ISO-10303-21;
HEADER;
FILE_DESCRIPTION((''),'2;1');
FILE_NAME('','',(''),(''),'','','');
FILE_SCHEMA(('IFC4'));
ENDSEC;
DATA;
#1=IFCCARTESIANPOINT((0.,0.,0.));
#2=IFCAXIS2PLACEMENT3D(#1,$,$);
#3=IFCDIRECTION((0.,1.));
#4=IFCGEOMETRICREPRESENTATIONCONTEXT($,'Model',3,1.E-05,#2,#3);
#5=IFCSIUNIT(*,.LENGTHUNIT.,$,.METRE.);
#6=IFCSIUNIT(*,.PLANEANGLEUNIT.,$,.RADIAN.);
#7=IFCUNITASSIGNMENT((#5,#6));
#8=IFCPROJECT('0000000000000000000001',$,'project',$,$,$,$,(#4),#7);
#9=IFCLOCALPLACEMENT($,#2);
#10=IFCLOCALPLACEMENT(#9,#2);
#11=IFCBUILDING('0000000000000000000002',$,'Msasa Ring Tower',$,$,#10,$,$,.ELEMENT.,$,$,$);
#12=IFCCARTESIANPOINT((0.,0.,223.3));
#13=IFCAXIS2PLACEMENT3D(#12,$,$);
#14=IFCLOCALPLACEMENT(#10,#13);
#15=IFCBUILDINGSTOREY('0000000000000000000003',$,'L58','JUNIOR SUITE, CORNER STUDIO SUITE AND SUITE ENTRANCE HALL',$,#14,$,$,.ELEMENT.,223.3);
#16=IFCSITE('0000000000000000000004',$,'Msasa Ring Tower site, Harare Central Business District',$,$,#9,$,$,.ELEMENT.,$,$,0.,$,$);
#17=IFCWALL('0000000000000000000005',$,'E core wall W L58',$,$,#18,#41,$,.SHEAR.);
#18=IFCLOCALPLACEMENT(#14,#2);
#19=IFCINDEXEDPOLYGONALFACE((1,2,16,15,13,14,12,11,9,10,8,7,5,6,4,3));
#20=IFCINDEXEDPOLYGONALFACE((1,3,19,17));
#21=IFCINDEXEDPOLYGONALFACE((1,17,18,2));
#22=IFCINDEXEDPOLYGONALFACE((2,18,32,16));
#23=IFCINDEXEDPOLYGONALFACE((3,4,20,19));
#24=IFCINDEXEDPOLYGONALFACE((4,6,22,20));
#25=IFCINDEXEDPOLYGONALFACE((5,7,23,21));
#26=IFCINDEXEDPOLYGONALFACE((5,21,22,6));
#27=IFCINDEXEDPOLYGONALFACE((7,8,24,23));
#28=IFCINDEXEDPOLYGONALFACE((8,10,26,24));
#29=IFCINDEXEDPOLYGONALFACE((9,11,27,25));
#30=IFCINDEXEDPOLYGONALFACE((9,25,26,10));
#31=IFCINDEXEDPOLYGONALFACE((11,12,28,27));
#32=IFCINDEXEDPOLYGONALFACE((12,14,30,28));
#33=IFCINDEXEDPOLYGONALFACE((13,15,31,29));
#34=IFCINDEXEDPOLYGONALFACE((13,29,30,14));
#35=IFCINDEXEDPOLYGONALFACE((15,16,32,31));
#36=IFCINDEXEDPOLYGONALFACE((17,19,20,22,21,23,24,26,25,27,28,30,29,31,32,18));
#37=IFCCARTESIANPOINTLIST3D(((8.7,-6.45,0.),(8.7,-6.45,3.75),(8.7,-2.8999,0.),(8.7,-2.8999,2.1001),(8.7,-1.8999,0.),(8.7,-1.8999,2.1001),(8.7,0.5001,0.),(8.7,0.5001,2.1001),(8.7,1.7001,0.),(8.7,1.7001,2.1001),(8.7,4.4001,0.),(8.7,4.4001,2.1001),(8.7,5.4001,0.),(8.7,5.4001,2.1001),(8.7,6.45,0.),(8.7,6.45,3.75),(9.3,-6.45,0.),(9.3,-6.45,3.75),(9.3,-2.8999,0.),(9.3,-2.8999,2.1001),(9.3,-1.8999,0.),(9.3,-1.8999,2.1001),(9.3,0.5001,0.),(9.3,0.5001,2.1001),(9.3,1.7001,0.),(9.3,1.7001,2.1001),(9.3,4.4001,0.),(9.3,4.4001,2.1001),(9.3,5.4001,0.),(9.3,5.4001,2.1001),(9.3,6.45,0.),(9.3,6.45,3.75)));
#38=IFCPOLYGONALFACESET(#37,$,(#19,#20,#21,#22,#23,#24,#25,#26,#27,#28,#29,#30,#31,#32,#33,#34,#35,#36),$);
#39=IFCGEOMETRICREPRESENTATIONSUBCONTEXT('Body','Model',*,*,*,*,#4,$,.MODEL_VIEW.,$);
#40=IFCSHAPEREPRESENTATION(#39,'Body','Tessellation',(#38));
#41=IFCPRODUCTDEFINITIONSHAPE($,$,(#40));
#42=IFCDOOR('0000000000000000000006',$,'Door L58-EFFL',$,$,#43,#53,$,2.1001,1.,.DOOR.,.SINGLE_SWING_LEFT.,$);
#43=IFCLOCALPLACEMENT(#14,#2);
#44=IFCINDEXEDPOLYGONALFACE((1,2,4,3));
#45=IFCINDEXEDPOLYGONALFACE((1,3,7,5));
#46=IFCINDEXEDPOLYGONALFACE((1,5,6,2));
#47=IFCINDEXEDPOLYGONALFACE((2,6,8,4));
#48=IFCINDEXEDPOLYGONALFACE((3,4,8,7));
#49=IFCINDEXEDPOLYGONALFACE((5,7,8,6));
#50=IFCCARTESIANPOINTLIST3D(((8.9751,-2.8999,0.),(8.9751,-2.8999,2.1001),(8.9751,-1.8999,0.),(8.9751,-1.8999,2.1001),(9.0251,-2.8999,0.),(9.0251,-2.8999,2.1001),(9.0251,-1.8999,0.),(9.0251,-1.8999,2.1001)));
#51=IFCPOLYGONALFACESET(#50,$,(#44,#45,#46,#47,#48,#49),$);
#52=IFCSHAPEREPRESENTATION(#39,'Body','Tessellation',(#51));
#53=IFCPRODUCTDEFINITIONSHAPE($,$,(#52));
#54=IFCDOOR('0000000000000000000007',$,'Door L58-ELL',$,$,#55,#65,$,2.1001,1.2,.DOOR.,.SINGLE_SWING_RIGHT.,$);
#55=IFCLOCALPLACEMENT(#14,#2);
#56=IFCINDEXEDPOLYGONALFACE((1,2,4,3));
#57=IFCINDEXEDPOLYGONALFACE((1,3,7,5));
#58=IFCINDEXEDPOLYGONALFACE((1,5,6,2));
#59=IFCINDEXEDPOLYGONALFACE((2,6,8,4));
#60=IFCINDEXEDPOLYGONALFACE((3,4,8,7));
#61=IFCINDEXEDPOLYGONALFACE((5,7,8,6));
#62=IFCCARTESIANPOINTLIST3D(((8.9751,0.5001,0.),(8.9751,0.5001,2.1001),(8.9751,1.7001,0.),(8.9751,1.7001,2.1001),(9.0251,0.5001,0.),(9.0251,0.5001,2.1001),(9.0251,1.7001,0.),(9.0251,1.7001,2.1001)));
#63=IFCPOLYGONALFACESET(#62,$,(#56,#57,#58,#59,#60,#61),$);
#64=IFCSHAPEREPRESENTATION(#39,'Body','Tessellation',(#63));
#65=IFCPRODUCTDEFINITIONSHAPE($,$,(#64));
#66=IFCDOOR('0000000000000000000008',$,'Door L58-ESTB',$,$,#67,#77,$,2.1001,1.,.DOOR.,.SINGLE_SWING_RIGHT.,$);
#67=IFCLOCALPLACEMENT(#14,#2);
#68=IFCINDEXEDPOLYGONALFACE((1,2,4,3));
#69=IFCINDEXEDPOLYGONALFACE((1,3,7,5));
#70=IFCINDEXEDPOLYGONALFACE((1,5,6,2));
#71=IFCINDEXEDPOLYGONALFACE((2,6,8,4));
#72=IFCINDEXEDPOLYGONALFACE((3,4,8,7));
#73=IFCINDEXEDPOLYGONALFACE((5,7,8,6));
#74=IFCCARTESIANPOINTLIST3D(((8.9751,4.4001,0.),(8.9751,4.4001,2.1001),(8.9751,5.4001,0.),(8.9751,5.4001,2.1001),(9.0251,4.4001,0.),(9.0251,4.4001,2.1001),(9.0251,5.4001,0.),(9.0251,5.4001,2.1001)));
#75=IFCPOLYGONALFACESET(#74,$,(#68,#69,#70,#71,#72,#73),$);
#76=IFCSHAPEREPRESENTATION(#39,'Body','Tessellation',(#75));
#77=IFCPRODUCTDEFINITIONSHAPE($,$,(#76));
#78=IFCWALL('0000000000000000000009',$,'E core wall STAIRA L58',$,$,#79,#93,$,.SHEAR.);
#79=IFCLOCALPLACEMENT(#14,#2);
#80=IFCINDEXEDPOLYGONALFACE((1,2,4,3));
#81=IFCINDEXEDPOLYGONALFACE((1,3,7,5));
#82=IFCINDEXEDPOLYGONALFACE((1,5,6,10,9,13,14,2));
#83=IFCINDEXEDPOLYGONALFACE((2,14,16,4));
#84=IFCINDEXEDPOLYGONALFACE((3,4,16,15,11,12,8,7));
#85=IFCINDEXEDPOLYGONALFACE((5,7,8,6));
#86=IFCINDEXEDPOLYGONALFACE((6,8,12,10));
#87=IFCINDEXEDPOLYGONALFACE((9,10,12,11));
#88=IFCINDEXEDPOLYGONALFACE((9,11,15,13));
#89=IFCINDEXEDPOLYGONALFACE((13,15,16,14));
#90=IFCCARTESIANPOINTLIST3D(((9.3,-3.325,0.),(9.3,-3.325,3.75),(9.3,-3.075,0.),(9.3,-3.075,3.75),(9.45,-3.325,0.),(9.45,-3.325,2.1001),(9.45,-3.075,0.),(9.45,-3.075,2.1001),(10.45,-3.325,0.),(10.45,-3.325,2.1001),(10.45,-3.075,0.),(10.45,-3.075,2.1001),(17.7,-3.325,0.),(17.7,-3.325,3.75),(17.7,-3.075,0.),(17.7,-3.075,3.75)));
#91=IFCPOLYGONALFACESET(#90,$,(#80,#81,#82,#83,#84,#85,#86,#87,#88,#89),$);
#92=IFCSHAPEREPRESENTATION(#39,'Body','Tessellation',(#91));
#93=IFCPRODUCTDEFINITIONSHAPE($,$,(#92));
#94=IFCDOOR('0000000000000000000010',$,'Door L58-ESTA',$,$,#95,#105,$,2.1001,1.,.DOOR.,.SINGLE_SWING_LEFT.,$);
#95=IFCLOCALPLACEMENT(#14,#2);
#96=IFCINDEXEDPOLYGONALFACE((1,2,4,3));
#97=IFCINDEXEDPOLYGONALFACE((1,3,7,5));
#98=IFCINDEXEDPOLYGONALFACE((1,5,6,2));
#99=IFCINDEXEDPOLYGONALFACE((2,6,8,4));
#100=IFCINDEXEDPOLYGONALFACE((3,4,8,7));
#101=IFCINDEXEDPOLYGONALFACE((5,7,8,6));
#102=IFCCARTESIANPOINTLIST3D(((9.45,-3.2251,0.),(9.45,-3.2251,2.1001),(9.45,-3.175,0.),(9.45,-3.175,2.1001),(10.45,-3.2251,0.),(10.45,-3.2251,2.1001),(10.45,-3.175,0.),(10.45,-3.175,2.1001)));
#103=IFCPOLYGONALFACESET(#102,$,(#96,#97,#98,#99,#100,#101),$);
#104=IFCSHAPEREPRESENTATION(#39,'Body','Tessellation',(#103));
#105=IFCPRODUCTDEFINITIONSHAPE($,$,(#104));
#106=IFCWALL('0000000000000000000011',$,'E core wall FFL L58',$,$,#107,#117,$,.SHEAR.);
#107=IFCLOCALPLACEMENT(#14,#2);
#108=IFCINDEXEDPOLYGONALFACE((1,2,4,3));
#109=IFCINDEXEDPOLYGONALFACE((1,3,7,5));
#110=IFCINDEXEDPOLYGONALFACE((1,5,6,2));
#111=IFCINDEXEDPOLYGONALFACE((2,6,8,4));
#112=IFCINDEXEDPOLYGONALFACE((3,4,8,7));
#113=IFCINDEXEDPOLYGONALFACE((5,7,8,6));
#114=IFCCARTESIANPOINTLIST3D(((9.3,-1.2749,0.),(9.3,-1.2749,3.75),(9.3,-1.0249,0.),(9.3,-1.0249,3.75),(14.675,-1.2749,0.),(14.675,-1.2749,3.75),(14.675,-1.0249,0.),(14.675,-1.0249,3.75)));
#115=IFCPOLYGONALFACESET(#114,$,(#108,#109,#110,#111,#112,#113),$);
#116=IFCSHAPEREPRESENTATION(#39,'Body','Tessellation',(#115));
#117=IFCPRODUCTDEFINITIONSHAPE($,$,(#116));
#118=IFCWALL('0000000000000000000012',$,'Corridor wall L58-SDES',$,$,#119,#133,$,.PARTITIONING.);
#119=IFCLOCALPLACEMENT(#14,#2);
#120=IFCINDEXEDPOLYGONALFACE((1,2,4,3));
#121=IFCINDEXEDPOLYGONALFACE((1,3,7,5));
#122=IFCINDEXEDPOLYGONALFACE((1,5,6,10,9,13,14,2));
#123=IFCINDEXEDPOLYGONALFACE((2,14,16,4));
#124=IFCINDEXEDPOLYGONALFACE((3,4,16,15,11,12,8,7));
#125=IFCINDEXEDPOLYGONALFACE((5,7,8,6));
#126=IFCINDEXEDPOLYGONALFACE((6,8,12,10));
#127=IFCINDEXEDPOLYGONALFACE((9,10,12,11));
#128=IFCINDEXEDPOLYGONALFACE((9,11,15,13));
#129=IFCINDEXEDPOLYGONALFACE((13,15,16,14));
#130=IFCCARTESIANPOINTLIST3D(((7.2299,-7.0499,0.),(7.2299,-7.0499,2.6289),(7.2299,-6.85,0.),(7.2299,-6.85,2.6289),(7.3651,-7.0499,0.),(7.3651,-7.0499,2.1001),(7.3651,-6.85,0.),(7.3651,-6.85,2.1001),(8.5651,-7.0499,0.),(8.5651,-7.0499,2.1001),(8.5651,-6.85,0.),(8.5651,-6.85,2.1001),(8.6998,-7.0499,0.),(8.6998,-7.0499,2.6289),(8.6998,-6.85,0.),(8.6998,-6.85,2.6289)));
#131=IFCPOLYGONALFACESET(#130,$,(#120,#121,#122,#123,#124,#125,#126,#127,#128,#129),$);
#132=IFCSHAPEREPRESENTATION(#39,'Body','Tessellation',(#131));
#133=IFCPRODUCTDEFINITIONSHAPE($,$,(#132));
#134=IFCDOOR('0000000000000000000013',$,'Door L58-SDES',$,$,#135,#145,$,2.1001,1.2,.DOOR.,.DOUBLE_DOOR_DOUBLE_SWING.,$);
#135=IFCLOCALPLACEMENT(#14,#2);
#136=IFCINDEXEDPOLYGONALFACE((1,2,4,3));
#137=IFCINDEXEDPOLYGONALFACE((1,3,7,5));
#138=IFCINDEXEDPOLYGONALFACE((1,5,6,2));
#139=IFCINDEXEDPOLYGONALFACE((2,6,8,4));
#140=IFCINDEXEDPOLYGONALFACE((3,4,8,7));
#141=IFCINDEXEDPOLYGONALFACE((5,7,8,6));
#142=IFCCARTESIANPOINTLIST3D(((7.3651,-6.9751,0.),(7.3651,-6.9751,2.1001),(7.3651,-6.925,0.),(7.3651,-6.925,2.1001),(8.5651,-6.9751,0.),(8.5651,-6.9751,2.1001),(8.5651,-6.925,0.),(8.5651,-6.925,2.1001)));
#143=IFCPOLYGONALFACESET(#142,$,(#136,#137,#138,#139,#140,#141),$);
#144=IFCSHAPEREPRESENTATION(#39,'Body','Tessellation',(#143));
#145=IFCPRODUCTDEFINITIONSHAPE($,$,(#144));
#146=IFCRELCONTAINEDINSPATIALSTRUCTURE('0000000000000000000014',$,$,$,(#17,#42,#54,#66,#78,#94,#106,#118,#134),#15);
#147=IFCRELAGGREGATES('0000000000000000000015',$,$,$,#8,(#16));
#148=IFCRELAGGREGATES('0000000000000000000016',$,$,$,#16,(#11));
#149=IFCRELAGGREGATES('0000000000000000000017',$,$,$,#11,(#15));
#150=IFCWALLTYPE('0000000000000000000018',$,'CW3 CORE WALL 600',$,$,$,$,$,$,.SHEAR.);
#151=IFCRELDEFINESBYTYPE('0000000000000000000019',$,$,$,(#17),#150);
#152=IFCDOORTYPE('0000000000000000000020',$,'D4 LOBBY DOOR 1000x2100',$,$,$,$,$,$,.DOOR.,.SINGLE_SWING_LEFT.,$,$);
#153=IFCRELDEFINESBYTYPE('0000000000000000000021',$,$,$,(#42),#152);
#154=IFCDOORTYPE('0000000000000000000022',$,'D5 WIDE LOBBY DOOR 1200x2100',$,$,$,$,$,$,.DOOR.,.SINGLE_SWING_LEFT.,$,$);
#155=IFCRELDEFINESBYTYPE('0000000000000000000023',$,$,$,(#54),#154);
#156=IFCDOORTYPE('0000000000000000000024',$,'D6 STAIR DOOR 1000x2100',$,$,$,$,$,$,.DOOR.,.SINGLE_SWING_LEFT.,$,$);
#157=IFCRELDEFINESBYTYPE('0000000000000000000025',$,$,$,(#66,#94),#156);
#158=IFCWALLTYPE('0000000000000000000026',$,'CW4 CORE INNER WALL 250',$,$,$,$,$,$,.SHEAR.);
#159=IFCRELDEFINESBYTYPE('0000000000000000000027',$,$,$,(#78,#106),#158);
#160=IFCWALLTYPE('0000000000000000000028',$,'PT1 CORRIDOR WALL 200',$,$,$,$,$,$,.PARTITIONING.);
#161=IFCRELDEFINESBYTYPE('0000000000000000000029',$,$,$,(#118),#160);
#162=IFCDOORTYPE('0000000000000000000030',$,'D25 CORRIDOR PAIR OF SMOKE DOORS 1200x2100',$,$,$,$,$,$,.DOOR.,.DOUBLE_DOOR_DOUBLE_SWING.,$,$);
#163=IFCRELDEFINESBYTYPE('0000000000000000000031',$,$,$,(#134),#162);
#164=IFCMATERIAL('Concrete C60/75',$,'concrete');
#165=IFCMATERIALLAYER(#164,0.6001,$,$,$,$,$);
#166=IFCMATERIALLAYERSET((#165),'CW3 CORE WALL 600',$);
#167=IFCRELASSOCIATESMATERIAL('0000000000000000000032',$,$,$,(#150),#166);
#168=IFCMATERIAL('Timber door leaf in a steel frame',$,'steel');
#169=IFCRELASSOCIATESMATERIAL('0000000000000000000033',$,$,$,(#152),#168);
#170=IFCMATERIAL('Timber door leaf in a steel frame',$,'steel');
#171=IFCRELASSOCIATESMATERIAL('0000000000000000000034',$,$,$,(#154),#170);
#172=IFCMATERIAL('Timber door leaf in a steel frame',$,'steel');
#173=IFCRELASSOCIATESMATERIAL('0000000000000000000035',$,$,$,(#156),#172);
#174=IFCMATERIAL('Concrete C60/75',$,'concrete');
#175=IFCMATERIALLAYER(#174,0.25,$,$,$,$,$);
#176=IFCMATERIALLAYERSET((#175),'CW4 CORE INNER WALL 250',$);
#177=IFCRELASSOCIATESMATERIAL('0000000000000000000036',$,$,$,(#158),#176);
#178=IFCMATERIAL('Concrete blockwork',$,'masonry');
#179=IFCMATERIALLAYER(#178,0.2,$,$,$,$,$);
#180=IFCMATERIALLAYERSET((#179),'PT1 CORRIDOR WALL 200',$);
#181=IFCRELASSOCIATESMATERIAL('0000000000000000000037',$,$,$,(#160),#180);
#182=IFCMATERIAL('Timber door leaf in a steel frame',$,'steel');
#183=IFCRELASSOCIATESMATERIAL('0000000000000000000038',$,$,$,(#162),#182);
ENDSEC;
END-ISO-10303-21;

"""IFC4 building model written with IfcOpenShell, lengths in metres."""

from ifc_helpers import new_model, si_unit, direction, frame, frame_2d, origin, place, context, subcontext, project, spatial, rectangle, extrude, material, layer, layer_set, type_object, element, fill, save


model = new_model("IFC4")

# Units and contexts
model_context = context("Model", 3, precision=1e-05, world=origin(), true_north=direction((0.0, 1.0)))
body_context = subcontext(model_context, "Body", "Model", "MODEL_VIEW")
ifc_project = project(units=[si_unit("LENGTHUNIT", "METRE"), si_unit("PLANEANGLEUNIT", "RADIAN")], contexts=[model_context])

# Site, building, storey
site_placement = place(None, origin())
site = spatial("IfcSite", under=ifc_project, at=site_placement, Name="Msasa Ring Tower site, Harare Central Business District", CompositionType="ELEMENT", RefElevation=0.0)
building_placement = place(site_placement, origin())
building = spatial("IfcBuilding", under=site, at=building_placement, Name="Msasa Ring Tower", CompositionType="ELEMENT")
storey_placement = place(building_placement, frame((0.0, 0.0, 223.3)))
storey = spatial("IfcBuildingStorey", under=building, at=storey_placement, Name="L58", Description="JUNIOR SUITE, CORNER STUDIO SUITE AND SUITE ENTRANCE HALL", CompositionType="ELEMENT", Elevation=223.3)

# Shared definitions
ifc_material_1 = material(Name="Concrete C60/75", Category="concrete")
ifc_layer_1 = layer(ifc_material_1, 0.6001)
ifc_layer_set_1 = layer_set([ifc_layer_1], Name="CW3 CORE WALL 600")
wall_type_1 = type_object("IfcWallType", Name="CW3 CORE WALL 600", PredefinedType="SHEAR", material=ifc_layer_set_1)

# Wall, openings, doors
wall_1_placement = place(storey_placement, frame((9.0, -6.45, 0.0), z_axis=(0.0, 0.0, 1.0), x_axis=(0.0, 1.0, 0.0)))
wall_1 = element("IfcWall", 1, at=wall_1_placement, inside=storey, type_object=wall_type_1, Name="E core wall W L58", PredefinedType="SHEAR", context=body_context, shape_type="SweptSolid", body=[
    extrude(rectangle(XDim=12.8999, YDim=0.6001, at=frame_2d((6.45, 0.0))), origin(), (0.0, 0.0, 1.0), 3.75),
])
opening_1_placement = place(wall_1_placement, frame((3.55, 0.0, 0.0)))
opening_1 = element("IfcOpeningElement", 2, at=opening_1_placement, cuts=wall_1, PredefinedType="OPENING", context=body_context, shape_type="SweptSolid", body=[
    extrude(rectangle(XDim=1.0, YDim=2.1001, at=frame_2d((0.5, 1.05))), frame((0.0, 0.3101, 0.0), z_axis=(0.0, -1.0, 0.0), x_axis=(1.0, 0.0, 0.0)), (0.0, 0.0, 1.0), 0.6201),
])
opening_2_placement = place(wall_1_placement, frame((6.95, 0.0, 0.0)))
opening_2 = element("IfcOpeningElement", 3, at=opening_2_placement, cuts=wall_1, PredefinedType="OPENING", context=body_context, shape_type="SweptSolid", body=[
    extrude(rectangle(XDim=1.2, YDim=2.1001, at=frame_2d((0.6001, 1.05))), frame((0.0, 0.3101, 0.0), z_axis=(0.0, -1.0, 0.0), x_axis=(1.0, 0.0, 0.0)), (0.0, 0.0, 1.0), 0.6201),
])
opening_3_placement = place(wall_1_placement, frame((10.8501, 0.0, 0.0)))
opening_3 = element("IfcOpeningElement", 4, at=opening_3_placement, cuts=wall_1, PredefinedType="OPENING", context=body_context, shape_type="SweptSolid", body=[
    extrude(rectangle(XDim=1.0, YDim=2.1001, at=frame_2d((0.5, 1.05))), frame((0.0, 0.3101, 0.0), z_axis=(0.0, -1.0, 0.0), x_axis=(1.0, 0.0, 0.0)), (0.0, 0.0, 1.0), 0.6201),
])
ifc_material_2 = material(Name="Timber door leaf in a steel frame", Category="steel")
door_type_1 = type_object("IfcDoorType", Name="D4 LOBBY DOOR 1000x2100", OperationType="SINGLE_SWING_LEFT", PredefinedType="DOOR", material=ifc_material_2)
door_1_placement = place(opening_1_placement, origin())
door_1 = element("IfcDoor", 5, at=door_1_placement, inside=storey, type_object=door_type_1, Name="Door L58-EFFL", OperationType="SINGLE_SWING_LEFT", OverallHeight=2.1001, OverallWidth=1.0, PredefinedType="DOOR", context=body_context, shape_type="SweptSolid", body=[
    extrude(rectangle(XDim=1.0, YDim=2.1001, at=frame_2d((0.5, 1.05))), frame((0.0, 0.0249, 0.0), z_axis=(0.0, -1.0, 0.0), x_axis=(1.0, 0.0, 0.0)), (0.0, 0.0, 1.0), 0.05),
])
fill(opening_1, door_1)
ifc_material_3 = material(Name="Timber door leaf in a steel frame", Category="steel")
door_type_2 = type_object("IfcDoorType", Name="D5 WIDE LOBBY DOOR 1200x2100", OperationType="SINGLE_SWING_LEFT", PredefinedType="DOOR", material=ifc_material_3)
door_2_placement = place(opening_2_placement, origin())
door_2 = element("IfcDoor", 6, at=door_2_placement, inside=storey, type_object=door_type_2, Name="Door L58-ELL", OperationType="SINGLE_SWING_RIGHT", OverallHeight=2.1001, OverallWidth=1.2, PredefinedType="DOOR", context=body_context, shape_type="SweptSolid", body=[
    extrude(rectangle(XDim=1.2, YDim=2.1001, at=frame_2d((0.6001, 1.05))), frame((0.0, 0.0249, 0.0), z_axis=(0.0, -1.0, 0.0), x_axis=(1.0, 0.0, 0.0)), (0.0, 0.0, 1.0), 0.05),
])
fill(opening_2, door_2)
ifc_material_4 = material(Name="Timber door leaf in a steel frame", Category="steel")
door_type_3 = type_object("IfcDoorType", Name="D6 STAIR DOOR 1000x2100", OperationType="SINGLE_SWING_LEFT", PredefinedType="DOOR", material=ifc_material_4)
door_3_placement = place(opening_3_placement, origin())
door_3 = element("IfcDoor", 7, at=door_3_placement, inside=storey, type_object=door_type_3, Name="Door L58-ESTB", OperationType="SINGLE_SWING_RIGHT", OverallHeight=2.1001, OverallWidth=1.0, PredefinedType="DOOR", context=body_context, shape_type="SweptSolid", body=[
    extrude(rectangle(XDim=1.0, YDim=2.1001, at=frame_2d((0.5, 1.05))), frame((0.0, 0.0249, 0.0), z_axis=(0.0, -1.0, 0.0), x_axis=(1.0, 0.0, 0.0)), (0.0, 0.0, 1.0), 0.05),
])
fill(opening_3, door_3)

# Wall, opening, door
ifc_material_5 = material(Name="Concrete C60/75", Category="concrete")
ifc_layer_2 = layer(ifc_material_5, 0.25)
ifc_layer_set_2 = layer_set([ifc_layer_2], Name="CW4 CORE INNER WALL 250")
wall_type_2 = type_object("IfcWallType", Name="CW4 CORE INNER WALL 250", PredefinedType="SHEAR", material=ifc_layer_set_2)
wall_2_placement = place(storey_placement, frame((9.3, -3.2, 0.0), z_axis=(0.0, 0.0, 1.0), x_axis=(1.0, 0.0, 0.0)))
wall_2 = element("IfcWall", 8, at=wall_2_placement, inside=storey, type_object=wall_type_2, Name="E core wall STAIRA L58", PredefinedType="SHEAR", context=body_context, shape_type="SweptSolid", body=[
    extrude(rectangle(XDim=8.3999, YDim=0.25, at=frame_2d((4.2, 0.0))), origin(), (0.0, 0.0, 1.0), 3.75),
])
opening_4_placement = place(wall_2_placement, frame((0.1499, 0.0, 0.0)))
opening_4 = element("IfcOpeningElement", 9, at=opening_4_placement, cuts=wall_2, PredefinedType="OPENING", context=body_context, shape_type="SweptSolid", body=[
    extrude(rectangle(XDim=1.0, YDim=2.1001, at=frame_2d((0.5, 1.05))), frame((0.0, 0.135, 0.0), z_axis=(0.0, -1.0, 0.0), x_axis=(1.0, 0.0, 0.0)), (0.0, 0.0, 1.0), 0.27),
])
door_4_placement = place(opening_4_placement, origin())
door_4 = element("IfcDoor", 10, at=door_4_placement, inside=storey, type_object=door_type_3, Name="Door L58-ESTA", OperationType="SINGLE_SWING_LEFT", OverallHeight=2.1001, OverallWidth=1.0, PredefinedType="DOOR", context=body_context, shape_type="SweptSolid", body=[
    extrude(rectangle(XDim=1.0, YDim=2.1001, at=frame_2d((0.5, 1.05))), frame((0.0, 0.0249, 0.0), z_axis=(0.0, -1.0, 0.0), x_axis=(1.0, 0.0, 0.0)), (0.0, 0.0, 1.0), 0.05),
])
fill(opening_4, door_4)

# Wall
wall_3_placement = place(storey_placement, frame((9.3, -1.1499, 0.0), z_axis=(0.0, 0.0, 1.0), x_axis=(1.0, 0.0, 0.0)))
element("IfcWall", 11, at=wall_3_placement, inside=storey, type_object=wall_type_2, Name="E core wall FFL L58", PredefinedType="SHEAR", context=body_context, shape_type="SweptSolid", body=[
    extrude(rectangle(XDim=5.375, YDim=0.25, at=frame_2d((2.6875, 0.0))), origin(), (0.0, 0.0, 1.0), 3.75),
])

# Wall, opening, door
ifc_material_6 = material(Name="Concrete blockwork", Category="masonry")
ifc_layer_3 = layer(ifc_material_6, 0.2)
ifc_layer_set_3 = layer_set([ifc_layer_3], Name="PT1 CORRIDOR WALL 200")
wall_type_3 = type_object("IfcWallType", Name="PT1 CORRIDOR WALL 200", PredefinedType="PARTITIONING", material=ifc_layer_set_3)
wall_4_placement = place(storey_placement, frame((7.23, -6.95, 0.0), z_axis=(0.0, 0.0, 1.0), x_axis=(1.0, 0.0, 0.0)))
wall_4 = element("IfcWall", 12, at=wall_4_placement, inside=storey, type_object=wall_type_3, Name="Corridor wall L58-SDES", PredefinedType="PARTITIONING", context=body_context, shape_type="SweptSolid", body=[
    extrude(rectangle(XDim=1.47, YDim=0.2, at=frame_2d((0.7349, 0.0))), origin(), (0.0, 0.0, 1.0), 2.6289),
])
opening_5_placement = place(wall_4_placement, frame((0.135, 0.0, 0.0)))
opening_5 = element("IfcOpeningElement", 13, at=opening_5_placement, cuts=wall_4, PredefinedType="OPENING", context=body_context, shape_type="SweptSolid", body=[
    extrude(rectangle(XDim=1.2, YDim=2.1001, at=frame_2d((0.6001, 1.05))), frame((0.0, 0.1099, 0.0), z_axis=(0.0, -1.0, 0.0), x_axis=(1.0, 0.0, 0.0)), (0.0, 0.0, 1.0), 0.22),
])
ifc_material_7 = material(Name="Timber door leaf in a steel frame", Category="steel")
door_type_4 = type_object("IfcDoorType", Name="D25 CORRIDOR PAIR OF SMOKE DOORS 1200x2100", OperationType="DOUBLE_DOOR_DOUBLE_SWING", PredefinedType="DOOR", material=ifc_material_7)
door_5_placement = place(opening_5_placement, origin())
door_5 = element("IfcDoor", 14, at=door_5_placement, inside=storey, type_object=door_type_4, Name="Door L58-SDES", OperationType="DOUBLE_DOOR_DOUBLE_SWING", OverallHeight=2.1001, OverallWidth=1.2, PredefinedType="DOOR", context=body_context, shape_type="SweptSolid", body=[
    extrude(rectangle(XDim=1.2, YDim=2.1001, at=frame_2d((0.6001, 1.05))), frame((0.0, 0.0249, 0.0), z_axis=(0.0, -1.0, 0.0), x_axis=(1.0, 0.0, 0.0)), (0.0, 0.0, 1.0), 0.05),
])
fill(opening_5, door_5)

save(model, "model.ifc")
